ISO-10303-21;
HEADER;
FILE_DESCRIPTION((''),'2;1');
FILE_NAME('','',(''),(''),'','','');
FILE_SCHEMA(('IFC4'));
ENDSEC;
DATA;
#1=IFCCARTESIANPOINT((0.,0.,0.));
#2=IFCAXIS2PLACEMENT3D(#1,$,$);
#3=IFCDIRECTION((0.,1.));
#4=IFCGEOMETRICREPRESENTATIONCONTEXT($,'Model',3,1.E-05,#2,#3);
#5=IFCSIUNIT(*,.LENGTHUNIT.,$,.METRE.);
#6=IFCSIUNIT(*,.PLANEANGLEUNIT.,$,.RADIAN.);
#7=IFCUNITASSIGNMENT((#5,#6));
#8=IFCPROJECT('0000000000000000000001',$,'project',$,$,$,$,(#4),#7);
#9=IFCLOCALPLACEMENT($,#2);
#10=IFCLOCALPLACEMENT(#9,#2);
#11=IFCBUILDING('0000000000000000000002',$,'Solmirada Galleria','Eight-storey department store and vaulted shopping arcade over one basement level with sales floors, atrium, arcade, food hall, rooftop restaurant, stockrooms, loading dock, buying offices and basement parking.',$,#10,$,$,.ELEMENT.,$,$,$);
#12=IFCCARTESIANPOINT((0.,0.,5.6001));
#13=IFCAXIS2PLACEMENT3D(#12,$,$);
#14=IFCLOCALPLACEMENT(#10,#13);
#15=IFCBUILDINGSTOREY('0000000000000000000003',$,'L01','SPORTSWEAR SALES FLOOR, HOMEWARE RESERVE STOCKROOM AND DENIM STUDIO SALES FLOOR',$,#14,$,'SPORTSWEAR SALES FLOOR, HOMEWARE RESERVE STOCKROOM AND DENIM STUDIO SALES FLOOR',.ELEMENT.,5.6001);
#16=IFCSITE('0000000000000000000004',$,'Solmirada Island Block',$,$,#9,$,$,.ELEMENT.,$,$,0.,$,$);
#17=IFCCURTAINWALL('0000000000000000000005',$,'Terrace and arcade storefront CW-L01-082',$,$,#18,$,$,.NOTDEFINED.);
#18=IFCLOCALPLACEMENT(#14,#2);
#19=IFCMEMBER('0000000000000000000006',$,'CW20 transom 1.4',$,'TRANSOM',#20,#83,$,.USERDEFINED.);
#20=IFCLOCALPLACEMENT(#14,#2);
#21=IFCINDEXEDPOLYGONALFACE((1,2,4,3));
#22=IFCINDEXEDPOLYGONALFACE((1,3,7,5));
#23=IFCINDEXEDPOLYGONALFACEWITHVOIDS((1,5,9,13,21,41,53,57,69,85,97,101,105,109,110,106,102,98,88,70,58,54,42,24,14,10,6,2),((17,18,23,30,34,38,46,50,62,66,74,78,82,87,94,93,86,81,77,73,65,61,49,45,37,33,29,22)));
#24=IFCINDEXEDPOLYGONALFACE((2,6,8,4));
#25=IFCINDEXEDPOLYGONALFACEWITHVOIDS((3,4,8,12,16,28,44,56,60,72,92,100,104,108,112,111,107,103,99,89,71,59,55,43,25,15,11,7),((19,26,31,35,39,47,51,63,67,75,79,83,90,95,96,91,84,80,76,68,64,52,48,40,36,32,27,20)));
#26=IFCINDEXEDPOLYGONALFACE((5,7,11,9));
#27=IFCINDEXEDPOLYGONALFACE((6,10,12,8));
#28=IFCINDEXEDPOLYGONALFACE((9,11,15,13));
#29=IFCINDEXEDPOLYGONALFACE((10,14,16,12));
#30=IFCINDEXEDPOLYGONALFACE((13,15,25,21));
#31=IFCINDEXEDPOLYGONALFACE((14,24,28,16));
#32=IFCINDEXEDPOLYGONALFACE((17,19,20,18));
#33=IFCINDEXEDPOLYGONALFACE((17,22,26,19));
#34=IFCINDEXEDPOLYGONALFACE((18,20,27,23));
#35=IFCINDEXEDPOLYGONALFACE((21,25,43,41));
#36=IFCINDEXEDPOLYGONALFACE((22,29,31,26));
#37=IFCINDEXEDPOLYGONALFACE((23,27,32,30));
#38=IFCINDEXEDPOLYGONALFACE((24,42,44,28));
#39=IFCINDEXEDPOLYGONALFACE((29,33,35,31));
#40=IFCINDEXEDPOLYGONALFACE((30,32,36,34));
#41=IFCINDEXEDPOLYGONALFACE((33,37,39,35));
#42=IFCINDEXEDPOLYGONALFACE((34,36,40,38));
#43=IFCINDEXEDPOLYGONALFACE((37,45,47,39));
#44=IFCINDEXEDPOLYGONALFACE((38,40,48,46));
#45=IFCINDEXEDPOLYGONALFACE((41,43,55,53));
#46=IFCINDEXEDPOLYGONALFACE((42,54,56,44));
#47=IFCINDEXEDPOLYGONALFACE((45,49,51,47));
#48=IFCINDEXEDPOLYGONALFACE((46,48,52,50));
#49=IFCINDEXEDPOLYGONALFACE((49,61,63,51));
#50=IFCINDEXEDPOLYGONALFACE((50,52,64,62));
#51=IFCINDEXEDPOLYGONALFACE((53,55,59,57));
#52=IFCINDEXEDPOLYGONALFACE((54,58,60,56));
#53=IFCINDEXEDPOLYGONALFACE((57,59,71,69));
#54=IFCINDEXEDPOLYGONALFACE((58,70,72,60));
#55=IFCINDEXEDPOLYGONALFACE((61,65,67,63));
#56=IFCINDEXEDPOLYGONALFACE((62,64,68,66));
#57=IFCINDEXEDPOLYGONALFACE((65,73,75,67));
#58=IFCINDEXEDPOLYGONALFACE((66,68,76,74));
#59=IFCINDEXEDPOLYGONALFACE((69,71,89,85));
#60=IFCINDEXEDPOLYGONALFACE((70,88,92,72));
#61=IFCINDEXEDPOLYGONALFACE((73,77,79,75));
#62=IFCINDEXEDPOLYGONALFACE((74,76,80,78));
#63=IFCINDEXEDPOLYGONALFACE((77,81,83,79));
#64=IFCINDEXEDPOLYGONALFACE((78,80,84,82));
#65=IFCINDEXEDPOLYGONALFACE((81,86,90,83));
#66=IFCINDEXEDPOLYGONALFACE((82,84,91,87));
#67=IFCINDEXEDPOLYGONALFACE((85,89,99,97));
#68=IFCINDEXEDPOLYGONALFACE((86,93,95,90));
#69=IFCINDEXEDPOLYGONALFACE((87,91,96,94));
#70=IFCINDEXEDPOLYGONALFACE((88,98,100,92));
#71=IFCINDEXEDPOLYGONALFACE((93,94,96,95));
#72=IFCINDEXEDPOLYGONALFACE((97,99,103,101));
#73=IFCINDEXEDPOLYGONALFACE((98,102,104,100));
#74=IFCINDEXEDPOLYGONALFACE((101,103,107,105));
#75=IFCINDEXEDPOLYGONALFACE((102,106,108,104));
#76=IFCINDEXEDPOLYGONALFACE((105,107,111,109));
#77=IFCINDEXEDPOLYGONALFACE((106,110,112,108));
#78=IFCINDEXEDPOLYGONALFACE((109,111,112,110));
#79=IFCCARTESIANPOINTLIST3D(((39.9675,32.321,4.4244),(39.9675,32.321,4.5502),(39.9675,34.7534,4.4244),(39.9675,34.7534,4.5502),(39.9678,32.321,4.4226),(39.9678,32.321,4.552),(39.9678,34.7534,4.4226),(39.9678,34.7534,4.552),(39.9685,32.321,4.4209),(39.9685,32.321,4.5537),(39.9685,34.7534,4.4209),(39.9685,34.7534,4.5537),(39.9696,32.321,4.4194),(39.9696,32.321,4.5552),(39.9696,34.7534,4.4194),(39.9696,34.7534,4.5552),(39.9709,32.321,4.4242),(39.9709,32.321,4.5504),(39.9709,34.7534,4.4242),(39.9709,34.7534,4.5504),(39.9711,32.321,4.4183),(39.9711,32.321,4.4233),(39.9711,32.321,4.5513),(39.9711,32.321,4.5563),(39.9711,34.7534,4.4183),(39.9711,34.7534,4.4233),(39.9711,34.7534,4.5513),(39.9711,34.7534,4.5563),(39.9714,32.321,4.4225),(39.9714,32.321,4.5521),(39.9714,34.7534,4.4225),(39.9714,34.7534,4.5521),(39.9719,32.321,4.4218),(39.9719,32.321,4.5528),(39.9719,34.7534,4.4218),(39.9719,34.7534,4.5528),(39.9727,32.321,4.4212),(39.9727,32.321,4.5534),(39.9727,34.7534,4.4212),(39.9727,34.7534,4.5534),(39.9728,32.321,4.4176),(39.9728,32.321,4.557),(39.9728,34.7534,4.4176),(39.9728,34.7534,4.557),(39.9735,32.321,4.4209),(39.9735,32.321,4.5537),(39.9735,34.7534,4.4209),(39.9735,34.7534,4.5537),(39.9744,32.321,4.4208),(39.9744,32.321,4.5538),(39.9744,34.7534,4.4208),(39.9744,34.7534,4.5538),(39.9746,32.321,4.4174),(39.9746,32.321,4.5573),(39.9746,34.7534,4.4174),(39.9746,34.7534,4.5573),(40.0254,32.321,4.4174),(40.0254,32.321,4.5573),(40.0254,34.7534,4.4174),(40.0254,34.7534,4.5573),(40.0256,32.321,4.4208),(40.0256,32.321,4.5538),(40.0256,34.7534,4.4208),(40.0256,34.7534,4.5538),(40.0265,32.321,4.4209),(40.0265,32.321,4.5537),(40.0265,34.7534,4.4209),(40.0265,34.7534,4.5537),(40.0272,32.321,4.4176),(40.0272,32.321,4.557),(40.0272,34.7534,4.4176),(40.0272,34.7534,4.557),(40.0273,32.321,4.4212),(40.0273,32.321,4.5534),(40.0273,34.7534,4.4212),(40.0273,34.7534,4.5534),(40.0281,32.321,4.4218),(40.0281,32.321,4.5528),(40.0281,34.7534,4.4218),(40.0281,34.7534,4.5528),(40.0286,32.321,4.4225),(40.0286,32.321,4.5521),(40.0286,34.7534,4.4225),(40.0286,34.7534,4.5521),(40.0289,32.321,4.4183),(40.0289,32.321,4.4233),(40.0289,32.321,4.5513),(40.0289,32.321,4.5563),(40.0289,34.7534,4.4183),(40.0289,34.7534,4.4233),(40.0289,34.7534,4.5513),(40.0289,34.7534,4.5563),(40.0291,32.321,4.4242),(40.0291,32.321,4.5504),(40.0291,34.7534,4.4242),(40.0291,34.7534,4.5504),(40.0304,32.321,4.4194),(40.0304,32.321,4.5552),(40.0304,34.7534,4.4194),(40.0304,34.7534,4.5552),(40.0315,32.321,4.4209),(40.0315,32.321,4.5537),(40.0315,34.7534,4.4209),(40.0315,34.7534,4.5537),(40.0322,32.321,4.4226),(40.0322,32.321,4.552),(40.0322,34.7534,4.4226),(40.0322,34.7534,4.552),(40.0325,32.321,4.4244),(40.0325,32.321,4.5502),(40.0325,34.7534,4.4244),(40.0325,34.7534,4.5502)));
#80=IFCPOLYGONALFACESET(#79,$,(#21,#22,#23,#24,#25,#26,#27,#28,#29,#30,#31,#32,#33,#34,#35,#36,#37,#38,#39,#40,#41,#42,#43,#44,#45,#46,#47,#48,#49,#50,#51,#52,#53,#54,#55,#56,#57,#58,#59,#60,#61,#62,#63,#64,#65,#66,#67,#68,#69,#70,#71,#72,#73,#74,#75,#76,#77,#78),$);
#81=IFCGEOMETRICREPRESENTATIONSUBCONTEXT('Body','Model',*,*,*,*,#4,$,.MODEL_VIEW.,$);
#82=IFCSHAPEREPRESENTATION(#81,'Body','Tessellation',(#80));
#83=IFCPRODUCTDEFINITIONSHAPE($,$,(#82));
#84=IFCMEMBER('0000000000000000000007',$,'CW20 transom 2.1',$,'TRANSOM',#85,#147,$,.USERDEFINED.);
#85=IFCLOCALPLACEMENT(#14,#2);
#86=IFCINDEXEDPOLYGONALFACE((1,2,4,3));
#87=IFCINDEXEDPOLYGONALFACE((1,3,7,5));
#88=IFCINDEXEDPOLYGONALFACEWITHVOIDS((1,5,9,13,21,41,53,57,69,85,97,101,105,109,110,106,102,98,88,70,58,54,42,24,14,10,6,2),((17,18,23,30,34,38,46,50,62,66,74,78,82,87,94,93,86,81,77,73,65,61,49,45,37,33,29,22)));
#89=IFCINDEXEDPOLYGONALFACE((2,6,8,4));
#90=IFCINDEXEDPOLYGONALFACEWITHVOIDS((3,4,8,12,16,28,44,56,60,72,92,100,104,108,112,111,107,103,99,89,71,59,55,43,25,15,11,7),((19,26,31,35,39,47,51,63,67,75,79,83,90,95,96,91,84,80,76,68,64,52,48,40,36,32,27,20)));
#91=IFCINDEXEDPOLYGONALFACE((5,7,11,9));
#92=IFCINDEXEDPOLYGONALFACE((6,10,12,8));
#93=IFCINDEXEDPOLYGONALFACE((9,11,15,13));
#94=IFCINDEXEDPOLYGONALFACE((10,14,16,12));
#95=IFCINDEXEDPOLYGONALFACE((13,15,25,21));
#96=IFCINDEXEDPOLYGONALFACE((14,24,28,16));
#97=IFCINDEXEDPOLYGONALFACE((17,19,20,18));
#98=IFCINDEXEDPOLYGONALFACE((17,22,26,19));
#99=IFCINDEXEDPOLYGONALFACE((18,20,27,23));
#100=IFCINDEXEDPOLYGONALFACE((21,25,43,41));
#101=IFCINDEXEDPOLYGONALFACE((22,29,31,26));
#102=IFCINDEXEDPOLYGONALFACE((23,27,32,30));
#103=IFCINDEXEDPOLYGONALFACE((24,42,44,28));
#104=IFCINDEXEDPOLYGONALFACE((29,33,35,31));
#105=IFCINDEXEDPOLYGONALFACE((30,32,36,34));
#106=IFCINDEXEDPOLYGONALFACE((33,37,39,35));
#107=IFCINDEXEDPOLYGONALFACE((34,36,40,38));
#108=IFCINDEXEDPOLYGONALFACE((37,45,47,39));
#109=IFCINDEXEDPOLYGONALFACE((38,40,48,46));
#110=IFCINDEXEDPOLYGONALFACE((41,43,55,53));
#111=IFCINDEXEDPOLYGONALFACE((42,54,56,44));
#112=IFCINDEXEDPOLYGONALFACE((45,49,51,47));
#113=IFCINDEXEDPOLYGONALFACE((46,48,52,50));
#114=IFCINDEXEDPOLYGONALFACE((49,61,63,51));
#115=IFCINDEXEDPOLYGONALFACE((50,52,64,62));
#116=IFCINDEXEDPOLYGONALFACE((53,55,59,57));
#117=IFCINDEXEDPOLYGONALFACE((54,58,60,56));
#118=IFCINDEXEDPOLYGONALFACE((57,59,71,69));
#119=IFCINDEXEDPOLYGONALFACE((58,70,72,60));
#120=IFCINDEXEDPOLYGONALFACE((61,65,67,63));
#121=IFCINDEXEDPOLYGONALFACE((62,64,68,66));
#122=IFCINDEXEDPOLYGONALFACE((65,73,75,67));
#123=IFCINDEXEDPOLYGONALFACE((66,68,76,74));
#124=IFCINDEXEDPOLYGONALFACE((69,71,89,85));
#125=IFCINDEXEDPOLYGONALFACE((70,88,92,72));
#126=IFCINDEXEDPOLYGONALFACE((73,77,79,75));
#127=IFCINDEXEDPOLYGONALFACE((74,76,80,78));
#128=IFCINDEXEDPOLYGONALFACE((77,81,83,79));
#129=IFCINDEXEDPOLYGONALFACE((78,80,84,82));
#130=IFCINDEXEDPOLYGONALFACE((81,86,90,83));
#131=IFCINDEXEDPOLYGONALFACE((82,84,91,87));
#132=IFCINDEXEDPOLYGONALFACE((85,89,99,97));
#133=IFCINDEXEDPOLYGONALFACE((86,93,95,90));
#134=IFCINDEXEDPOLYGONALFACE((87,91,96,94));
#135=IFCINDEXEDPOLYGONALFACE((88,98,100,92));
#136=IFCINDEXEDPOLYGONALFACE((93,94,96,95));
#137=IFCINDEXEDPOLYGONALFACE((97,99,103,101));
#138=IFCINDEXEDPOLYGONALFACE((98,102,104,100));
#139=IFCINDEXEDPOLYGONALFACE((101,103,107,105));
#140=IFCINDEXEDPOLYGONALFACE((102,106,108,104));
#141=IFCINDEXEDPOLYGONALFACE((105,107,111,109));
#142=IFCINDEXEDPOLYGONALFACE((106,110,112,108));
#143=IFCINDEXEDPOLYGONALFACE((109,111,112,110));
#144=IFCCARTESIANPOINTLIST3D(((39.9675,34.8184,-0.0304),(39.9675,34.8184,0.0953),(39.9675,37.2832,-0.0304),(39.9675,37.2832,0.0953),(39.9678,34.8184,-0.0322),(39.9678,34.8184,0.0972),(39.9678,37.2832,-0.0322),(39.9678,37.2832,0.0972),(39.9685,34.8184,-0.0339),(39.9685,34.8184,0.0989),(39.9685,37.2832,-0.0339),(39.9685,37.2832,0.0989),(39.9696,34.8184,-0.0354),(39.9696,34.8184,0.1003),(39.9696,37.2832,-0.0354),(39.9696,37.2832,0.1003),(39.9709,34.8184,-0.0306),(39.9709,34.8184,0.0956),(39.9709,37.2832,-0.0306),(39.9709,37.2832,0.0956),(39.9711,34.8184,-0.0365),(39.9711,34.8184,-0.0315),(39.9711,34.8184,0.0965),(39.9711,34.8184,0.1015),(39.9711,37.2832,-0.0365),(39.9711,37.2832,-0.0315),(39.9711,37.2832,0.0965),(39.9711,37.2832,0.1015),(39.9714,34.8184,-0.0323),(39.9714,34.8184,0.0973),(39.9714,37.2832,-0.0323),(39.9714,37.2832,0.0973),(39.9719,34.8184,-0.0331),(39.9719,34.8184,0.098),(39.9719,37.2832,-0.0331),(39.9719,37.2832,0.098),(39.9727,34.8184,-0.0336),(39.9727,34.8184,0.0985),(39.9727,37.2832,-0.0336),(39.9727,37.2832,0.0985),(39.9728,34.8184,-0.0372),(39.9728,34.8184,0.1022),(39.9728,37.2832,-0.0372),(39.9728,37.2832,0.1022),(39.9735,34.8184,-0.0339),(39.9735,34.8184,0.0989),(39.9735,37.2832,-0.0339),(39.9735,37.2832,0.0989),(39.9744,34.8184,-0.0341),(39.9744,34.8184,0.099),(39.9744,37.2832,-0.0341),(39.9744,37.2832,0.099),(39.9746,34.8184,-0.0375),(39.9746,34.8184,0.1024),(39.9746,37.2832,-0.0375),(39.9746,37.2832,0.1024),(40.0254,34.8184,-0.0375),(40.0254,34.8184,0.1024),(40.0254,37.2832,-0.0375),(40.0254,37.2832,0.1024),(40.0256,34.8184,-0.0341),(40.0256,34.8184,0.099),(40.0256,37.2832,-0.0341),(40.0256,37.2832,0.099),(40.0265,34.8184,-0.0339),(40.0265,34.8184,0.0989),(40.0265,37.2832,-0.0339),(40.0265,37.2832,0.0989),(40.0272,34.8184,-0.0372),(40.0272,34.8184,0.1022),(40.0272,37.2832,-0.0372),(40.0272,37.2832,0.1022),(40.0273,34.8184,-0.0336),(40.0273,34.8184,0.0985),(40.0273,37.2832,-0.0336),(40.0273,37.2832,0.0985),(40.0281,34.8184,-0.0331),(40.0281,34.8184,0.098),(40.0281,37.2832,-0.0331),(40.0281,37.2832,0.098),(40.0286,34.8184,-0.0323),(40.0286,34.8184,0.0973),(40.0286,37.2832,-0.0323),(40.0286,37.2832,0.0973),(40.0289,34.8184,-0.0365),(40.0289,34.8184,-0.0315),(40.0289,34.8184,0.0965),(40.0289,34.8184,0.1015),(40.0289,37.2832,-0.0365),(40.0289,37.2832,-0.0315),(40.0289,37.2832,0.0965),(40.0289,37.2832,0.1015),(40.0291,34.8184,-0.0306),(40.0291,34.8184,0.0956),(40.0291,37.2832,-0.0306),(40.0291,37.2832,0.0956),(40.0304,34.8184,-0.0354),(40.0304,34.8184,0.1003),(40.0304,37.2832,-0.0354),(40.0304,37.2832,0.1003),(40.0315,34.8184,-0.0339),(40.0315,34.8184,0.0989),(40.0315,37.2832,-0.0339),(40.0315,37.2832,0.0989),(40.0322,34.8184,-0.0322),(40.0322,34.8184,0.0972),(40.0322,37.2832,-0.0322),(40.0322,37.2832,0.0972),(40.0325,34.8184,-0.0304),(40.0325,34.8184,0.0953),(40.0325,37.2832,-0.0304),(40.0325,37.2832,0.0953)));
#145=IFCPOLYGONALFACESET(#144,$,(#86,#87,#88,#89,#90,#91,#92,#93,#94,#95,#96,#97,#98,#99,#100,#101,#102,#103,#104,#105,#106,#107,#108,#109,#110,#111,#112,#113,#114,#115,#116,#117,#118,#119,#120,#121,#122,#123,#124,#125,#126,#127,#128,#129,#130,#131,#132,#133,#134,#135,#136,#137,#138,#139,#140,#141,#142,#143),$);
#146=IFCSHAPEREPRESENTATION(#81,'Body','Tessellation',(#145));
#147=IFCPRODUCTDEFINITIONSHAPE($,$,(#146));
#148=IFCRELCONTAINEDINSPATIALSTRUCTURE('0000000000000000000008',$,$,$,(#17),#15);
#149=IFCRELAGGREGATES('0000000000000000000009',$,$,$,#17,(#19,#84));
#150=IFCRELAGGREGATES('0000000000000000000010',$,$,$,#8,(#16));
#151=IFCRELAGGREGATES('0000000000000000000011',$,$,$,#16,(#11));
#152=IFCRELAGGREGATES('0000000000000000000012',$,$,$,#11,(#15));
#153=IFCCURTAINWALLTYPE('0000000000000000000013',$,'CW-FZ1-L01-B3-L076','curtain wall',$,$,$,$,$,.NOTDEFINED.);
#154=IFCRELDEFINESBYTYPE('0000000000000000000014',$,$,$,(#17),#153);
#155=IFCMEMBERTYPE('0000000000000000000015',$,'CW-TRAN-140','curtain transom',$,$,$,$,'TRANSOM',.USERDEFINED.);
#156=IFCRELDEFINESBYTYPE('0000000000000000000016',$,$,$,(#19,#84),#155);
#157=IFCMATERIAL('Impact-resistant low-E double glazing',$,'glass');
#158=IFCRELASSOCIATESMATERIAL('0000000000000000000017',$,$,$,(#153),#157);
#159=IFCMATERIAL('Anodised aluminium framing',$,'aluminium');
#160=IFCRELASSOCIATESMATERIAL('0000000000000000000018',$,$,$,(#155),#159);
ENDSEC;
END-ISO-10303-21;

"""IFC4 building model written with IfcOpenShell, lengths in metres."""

from ifc_helpers import new_model, si_unit, direction, frame, origin, origin_2d, place, context, subcontext, project, spatial, hollow_rectangle, extrude, material, material_profile, profile_set, type_object, element, aggregate, save


model = new_model("IFC4")

# Units and contexts
model_context = context("Model", 3, precision=1e-05, world=origin(), true_north=direction((0.0, 1.0)))
body_context = subcontext(model_context, "Body", "Model", "MODEL_VIEW")
ifc_project = project(units=[si_unit("LENGTHUNIT", "METRE"), si_unit("PLANEANGLEUNIT", "RADIAN")], contexts=[model_context])

# Site, building, storey
site_placement = place(None, origin())
site = spatial("IfcSite", under=ifc_project, at=site_placement, Name="Solmirada Island Block", CompositionType="ELEMENT", RefElevation=0.0)
building_placement = place(site_placement, origin())
building = spatial("IfcBuilding", under=site, at=building_placement, Name="Solmirada Galleria", Description="Eight-storey department store and vaulted shopping arcade over one basement level with sales floors, atrium, arcade, food hall, rooftop restaurant, stockrooms, loading dock, buying offices and basement parking.", CompositionType="ELEMENT")
storey_placement = place(building_placement, frame((0.0, 0.0, 5.6001)))
storey = spatial("IfcBuildingStorey", under=building, at=storey_placement, Name="L01", Description="SPORTSWEAR SALES FLOOR, HOMEWARE RESERVE STOCKROOM AND DENIM STUDIO SALES FLOOR", LongName="SPORTSWEAR SALES FLOOR, HOMEWARE RESERVE STOCKROOM AND DENIM STUDIO SALES FLOOR", CompositionType="ELEMENT", Elevation=5.6001)

# Shared definitions
ifc_material_1 = material(Name="Impact-resistant low-E double glazing", Category="glass")
curtain_wall_type = type_object("IfcCurtainWallType", Name="CW-FZ1-L01-B3-L076", Description="curtain wall", PredefinedType="NOTDEFINED", material=ifc_material_1)
ifc_material_2 = material(Name="Anodised aluminium framing", Category="aluminium")

# Curtain wall, members
curtain_wall_1_placement = place(storey_placement, origin())
curtain_wall_1 = element("IfcCurtainWall", 1, at=curtain_wall_1_placement, inside=storey, type_object=curtain_wall_type, Name="Terrace and arcade storefront CW-L01-082", PredefinedType="NOTDEFINED")
ifc_material_profile_1 = material_profile(ifc_material_2, hollow_rectangle(XDim=0.0649, YDim=0.1399, WallThickness=0.0034, InnerFilletRadius=0.0034, OuterFilletRadius=0.0071, at=origin_2d()), Name="ALU-TRAN-140X65")
ifc_profile_set_1 = profile_set([ifc_material_profile_1], Name="Anodised aluminium framing")
member_type_1 = type_object("IfcMemberType", Name="CW-TRAN-140", Description="curtain transom", ElementType="TRANSOM", PredefinedType="USERDEFINED", material=ifc_profile_set_1)
member_1_placement = place(storey_placement, frame((40.0, 32.321, 4.4873), z_axis=(0.0, 1.0, 0.0), x_axis=(-1.0, 0.0, 0.0)))
member_1 = element("IfcMember", 2, at=member_1_placement, type_object=member_type_1, Name="CW20 transom 1.4", ObjectType="TRANSOM", PredefinedType="USERDEFINED", context=body_context, shape_type="SweptSolid", body=[
    extrude(hollow_rectangle(XDim=0.0649, YDim=0.1399, WallThickness=0.0034, InnerFilletRadius=0.0034, OuterFilletRadius=0.0071, at=origin_2d()), origin(), (0.0, 0.0, 1.0), 2.4324),
])
member_2_placement = place(storey_placement, frame((40.0, 34.8184, 0.0325), z_axis=(0.0, 1.0, 0.0), x_axis=(-1.0, 0.0, 0.0)))
member_2 = element("IfcMember", 3, at=member_2_placement, type_object=member_type_1, Name="CW20 transom 2.1", ObjectType="TRANSOM", PredefinedType="USERDEFINED", context=body_context, shape_type="SweptSolid", body=[
    extrude(hollow_rectangle(XDim=0.0649, YDim=0.1399, WallThickness=0.0034, InnerFilletRadius=0.0034, OuterFilletRadius=0.0071, at=origin_2d()), origin(), (0.0, 0.0, 1.0), 2.4648),
])

aggregate(curtain_wall_1, [member_1, member_2])

save(model, "model.ifc")
